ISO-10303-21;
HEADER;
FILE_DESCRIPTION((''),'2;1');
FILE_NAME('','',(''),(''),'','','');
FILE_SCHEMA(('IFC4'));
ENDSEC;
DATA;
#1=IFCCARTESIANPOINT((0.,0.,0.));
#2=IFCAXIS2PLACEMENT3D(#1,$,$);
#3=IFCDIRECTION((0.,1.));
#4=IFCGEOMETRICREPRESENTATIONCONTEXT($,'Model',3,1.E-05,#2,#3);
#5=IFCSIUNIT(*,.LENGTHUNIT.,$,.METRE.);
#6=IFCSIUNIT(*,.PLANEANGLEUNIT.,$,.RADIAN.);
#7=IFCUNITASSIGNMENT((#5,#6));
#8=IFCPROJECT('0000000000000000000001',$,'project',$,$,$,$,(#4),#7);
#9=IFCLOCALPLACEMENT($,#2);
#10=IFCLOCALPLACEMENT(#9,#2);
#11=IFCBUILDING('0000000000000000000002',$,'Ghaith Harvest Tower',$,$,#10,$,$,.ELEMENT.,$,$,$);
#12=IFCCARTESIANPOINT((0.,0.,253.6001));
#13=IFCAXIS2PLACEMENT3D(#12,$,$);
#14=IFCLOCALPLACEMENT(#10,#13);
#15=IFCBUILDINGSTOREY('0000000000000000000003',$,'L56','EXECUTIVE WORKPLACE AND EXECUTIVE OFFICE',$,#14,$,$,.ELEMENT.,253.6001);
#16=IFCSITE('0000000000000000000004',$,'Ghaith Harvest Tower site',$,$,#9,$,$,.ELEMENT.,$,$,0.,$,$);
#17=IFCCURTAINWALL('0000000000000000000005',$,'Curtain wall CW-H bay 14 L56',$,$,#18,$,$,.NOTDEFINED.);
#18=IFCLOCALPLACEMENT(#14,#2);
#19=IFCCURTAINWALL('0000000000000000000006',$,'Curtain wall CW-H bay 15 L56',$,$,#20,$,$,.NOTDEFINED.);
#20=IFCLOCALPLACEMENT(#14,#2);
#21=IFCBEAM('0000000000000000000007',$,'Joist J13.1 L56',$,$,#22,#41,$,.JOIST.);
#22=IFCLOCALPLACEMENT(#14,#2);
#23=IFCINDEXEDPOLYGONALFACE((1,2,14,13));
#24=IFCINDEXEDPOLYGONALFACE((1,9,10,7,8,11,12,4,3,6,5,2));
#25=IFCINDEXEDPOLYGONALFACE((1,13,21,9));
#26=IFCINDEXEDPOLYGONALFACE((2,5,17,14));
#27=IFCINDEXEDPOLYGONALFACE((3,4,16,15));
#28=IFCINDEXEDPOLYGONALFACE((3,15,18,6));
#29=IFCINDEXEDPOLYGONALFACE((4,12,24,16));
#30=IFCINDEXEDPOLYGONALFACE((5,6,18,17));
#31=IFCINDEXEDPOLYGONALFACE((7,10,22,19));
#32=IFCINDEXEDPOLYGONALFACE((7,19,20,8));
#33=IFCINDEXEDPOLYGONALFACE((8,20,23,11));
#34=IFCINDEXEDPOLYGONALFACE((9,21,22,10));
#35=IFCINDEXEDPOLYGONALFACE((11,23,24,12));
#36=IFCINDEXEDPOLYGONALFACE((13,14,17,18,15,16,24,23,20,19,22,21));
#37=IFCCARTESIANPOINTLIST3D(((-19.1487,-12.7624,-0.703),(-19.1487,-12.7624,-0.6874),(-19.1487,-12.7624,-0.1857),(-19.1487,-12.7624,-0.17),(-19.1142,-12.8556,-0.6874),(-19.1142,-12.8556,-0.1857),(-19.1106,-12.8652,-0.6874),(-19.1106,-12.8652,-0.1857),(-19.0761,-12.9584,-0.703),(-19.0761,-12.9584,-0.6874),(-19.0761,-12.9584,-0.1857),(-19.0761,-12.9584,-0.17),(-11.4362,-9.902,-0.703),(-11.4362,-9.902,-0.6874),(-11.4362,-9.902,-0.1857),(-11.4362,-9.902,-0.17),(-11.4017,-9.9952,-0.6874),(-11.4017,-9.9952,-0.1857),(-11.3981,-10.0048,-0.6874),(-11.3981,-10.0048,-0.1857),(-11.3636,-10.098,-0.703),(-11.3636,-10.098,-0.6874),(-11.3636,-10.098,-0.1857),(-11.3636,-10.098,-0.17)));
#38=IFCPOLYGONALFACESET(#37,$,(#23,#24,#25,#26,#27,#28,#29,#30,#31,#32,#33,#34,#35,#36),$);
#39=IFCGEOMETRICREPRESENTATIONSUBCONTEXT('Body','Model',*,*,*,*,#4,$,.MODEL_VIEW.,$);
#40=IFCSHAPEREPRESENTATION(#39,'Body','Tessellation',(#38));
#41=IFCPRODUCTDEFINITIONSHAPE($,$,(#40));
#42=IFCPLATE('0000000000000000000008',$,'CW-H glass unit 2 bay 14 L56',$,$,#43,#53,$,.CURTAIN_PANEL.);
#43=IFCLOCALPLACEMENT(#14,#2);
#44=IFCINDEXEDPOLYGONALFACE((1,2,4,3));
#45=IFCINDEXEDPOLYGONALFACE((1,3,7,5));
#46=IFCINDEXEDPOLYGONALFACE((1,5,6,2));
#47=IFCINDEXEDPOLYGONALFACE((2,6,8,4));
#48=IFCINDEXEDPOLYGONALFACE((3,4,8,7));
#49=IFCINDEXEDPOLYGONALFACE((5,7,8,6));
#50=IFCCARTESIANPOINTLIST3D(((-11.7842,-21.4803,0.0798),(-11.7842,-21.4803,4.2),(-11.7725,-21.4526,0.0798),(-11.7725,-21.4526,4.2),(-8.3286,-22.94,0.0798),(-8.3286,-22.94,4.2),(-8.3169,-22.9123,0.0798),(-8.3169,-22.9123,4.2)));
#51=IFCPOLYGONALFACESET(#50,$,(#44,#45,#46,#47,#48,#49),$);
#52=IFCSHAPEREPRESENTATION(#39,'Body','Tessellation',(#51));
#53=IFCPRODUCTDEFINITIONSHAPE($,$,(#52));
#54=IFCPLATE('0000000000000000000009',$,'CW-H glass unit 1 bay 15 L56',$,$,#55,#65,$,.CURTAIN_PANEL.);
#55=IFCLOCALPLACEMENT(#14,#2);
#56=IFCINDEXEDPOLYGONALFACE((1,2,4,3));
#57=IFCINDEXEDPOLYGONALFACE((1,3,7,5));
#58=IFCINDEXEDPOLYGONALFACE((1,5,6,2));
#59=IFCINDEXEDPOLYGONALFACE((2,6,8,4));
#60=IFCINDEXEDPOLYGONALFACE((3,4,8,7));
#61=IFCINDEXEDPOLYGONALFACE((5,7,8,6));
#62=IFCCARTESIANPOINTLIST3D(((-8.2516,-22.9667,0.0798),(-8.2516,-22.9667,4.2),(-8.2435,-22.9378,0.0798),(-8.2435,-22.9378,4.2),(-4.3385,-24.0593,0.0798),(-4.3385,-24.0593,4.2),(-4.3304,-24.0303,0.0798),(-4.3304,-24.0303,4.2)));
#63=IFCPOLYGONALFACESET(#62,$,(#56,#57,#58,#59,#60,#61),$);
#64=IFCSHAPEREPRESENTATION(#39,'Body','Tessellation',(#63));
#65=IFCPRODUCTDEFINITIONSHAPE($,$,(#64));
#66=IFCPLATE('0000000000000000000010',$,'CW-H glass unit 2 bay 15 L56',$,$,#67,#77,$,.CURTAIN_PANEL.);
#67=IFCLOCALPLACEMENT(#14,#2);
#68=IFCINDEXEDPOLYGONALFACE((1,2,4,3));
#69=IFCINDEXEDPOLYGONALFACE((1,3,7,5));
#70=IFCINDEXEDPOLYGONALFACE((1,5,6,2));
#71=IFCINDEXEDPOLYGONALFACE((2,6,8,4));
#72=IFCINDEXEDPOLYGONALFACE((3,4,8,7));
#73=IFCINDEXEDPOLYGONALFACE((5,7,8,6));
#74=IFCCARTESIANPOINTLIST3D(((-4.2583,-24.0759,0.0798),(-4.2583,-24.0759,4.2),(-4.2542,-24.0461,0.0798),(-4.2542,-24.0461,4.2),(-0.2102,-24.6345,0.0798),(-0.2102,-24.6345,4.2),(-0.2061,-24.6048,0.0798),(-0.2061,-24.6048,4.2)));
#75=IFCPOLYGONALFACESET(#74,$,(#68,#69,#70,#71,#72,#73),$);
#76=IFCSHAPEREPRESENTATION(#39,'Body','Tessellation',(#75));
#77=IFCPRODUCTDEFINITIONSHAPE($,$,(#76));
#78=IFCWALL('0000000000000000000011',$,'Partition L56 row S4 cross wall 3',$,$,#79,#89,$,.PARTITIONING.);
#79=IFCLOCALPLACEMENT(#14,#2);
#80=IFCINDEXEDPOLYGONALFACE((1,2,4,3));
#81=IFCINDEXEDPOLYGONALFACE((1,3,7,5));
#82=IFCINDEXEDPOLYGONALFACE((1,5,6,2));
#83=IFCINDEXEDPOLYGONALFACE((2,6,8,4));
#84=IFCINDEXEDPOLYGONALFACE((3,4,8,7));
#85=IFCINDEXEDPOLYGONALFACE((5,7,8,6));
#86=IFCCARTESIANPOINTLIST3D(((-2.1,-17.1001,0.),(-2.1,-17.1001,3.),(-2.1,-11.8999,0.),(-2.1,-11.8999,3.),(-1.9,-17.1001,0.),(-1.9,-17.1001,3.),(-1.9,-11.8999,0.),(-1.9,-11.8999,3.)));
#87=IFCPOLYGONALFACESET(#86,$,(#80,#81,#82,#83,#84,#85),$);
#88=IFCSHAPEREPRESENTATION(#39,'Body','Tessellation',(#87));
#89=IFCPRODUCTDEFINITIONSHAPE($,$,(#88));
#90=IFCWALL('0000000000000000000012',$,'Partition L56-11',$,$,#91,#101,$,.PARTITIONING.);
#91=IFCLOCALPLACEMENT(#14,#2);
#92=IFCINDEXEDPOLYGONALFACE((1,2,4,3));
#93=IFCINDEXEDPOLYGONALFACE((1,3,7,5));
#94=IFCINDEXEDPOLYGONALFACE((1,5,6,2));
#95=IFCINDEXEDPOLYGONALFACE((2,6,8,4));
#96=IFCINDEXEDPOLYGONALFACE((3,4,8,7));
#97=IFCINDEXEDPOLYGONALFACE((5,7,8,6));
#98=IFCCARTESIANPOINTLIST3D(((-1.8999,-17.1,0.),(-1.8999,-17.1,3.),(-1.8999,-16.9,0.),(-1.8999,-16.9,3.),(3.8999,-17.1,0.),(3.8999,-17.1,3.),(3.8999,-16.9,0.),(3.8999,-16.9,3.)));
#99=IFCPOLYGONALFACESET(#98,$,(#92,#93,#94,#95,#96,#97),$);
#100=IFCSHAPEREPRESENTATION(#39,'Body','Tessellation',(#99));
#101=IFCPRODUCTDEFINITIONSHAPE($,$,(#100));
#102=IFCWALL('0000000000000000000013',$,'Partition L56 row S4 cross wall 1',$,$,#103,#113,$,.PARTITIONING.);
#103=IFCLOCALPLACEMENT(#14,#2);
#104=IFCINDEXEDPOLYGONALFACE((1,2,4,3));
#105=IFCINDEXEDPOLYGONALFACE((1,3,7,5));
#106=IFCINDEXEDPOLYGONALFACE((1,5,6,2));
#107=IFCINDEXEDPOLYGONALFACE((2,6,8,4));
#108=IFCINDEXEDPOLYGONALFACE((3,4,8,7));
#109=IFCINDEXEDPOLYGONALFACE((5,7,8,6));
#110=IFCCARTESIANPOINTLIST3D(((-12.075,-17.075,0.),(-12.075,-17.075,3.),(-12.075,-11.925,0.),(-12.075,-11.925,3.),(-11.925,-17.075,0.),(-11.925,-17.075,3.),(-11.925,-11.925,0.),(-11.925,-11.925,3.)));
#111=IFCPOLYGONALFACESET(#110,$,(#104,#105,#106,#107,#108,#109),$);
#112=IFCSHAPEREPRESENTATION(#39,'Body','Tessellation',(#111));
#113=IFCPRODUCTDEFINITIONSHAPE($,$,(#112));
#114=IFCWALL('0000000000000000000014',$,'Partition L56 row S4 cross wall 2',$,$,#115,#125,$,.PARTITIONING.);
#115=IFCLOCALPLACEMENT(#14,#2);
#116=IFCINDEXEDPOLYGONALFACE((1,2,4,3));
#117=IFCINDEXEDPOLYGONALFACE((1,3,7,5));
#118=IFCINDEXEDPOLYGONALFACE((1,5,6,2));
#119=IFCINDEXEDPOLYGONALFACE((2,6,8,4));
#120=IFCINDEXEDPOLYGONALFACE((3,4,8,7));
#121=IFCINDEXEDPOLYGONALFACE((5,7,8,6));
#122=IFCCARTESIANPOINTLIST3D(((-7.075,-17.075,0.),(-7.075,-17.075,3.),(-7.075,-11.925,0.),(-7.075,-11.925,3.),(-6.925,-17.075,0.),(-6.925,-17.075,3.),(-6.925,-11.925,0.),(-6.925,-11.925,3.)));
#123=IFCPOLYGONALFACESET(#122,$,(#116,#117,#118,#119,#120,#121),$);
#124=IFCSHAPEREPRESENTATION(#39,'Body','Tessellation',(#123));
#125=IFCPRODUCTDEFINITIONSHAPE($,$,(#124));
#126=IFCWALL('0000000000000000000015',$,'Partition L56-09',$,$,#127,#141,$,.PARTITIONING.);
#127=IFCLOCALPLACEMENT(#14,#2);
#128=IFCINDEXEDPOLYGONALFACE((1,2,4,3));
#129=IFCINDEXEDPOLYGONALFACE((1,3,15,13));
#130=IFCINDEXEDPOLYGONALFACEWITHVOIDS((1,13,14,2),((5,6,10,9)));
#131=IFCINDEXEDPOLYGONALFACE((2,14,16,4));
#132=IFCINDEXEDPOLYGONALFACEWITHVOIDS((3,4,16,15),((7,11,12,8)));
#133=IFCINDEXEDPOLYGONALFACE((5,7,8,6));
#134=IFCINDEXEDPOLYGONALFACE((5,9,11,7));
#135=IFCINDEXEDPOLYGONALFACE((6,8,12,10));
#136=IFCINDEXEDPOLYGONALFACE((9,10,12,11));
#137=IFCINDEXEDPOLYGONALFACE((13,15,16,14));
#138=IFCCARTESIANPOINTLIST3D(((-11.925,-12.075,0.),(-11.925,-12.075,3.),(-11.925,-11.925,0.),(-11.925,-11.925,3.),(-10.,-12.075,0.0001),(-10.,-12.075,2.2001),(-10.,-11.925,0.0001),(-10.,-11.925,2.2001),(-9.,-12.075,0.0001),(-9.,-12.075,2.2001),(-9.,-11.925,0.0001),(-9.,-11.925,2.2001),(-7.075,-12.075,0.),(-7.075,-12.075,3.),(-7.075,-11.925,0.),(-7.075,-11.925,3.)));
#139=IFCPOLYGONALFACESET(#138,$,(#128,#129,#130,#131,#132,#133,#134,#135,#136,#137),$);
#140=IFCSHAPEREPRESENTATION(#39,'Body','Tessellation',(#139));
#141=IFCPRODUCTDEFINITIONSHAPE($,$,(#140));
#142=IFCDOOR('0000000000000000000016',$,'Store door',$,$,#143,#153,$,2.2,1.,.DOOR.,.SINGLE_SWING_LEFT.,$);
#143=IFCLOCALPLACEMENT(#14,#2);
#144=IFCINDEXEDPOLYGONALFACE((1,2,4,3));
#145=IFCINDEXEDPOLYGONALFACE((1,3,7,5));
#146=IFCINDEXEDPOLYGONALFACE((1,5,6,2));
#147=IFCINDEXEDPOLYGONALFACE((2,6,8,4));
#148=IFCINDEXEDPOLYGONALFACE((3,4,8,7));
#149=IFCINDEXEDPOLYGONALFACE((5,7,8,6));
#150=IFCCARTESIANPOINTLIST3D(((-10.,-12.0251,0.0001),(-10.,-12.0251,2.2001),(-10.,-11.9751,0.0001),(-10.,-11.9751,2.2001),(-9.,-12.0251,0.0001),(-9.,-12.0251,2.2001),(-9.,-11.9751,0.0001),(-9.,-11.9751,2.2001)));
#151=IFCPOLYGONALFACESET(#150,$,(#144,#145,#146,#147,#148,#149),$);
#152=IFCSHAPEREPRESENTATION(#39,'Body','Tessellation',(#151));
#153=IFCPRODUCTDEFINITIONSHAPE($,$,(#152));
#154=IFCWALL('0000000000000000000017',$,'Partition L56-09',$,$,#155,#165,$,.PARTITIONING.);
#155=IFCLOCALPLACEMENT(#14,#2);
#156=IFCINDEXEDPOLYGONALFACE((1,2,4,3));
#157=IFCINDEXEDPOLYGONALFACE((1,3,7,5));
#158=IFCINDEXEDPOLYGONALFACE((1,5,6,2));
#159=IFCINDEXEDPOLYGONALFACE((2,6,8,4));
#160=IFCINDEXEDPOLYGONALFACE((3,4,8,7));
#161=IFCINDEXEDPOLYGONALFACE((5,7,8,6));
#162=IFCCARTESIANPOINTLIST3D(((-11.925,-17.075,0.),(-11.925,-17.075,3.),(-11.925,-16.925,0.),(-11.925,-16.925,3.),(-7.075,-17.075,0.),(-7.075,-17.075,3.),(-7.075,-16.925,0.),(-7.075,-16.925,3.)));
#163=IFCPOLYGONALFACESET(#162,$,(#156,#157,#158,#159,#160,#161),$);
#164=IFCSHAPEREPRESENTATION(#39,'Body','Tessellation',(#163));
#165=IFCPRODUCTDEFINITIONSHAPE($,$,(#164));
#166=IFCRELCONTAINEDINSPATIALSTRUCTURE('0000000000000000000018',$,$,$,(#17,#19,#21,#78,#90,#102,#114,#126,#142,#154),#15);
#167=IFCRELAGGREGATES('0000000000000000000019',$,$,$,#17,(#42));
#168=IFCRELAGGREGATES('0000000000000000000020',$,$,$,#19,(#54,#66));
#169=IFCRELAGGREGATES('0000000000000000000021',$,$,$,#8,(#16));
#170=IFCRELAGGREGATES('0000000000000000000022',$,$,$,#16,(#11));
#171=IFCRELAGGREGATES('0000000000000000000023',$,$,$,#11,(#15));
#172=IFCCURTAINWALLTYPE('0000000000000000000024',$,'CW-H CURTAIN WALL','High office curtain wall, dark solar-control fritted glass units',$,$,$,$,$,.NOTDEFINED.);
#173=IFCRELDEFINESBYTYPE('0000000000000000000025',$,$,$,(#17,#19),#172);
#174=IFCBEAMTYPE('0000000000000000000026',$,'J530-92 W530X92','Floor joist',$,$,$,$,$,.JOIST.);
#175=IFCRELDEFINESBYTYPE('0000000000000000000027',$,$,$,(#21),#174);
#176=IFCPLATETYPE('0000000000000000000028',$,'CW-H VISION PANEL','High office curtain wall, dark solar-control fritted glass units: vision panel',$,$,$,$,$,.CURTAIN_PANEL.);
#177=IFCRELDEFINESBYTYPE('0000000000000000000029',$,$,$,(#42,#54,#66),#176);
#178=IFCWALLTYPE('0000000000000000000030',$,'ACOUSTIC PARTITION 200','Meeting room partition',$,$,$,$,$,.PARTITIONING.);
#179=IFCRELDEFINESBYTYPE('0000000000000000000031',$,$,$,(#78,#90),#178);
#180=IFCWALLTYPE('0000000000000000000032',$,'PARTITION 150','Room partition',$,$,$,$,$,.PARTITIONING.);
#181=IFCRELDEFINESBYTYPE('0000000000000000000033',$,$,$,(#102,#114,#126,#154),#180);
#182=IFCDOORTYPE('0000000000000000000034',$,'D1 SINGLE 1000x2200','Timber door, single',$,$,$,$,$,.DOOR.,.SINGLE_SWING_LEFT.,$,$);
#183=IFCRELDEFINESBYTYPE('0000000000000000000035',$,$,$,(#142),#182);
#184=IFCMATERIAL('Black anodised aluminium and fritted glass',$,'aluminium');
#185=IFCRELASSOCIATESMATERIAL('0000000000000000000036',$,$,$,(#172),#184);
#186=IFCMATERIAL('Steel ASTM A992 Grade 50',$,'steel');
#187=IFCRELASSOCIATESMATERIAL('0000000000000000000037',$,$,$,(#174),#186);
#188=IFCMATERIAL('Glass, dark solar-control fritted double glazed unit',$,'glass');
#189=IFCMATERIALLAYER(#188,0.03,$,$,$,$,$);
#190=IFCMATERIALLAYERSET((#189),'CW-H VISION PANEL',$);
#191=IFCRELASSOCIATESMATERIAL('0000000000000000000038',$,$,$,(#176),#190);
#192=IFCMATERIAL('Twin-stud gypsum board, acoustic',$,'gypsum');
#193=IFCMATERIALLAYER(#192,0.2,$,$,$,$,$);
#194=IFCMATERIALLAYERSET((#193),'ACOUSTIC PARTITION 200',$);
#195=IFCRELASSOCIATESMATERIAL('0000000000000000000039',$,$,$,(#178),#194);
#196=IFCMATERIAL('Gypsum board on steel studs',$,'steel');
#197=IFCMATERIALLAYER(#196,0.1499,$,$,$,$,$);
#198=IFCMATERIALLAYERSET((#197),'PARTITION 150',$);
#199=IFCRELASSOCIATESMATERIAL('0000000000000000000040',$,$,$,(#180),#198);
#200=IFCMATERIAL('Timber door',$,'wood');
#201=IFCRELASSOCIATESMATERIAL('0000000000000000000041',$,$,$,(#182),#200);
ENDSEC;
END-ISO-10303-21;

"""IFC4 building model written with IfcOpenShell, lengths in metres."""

from ifc_helpers import new_model, si_unit, direction, frame, frame_2d, origin, origin_2d, place, context, subcontext, project, spatial, rectangle, i_section, extrude, material, layer, layer_set, material_profile, profile_set, type_object, element, fill, aggregate, save


model = new_model("IFC4")

# Units and contexts
model_context = context("Model", 3, precision=1e-05, world=origin(), true_north=direction((0.0, 1.0)))
body_context = subcontext(model_context, "Body", "Model", "MODEL_VIEW")
ifc_project = project(units=[si_unit("LENGTHUNIT", "METRE"), si_unit("PLANEANGLEUNIT", "RADIAN")], contexts=[model_context])

# Site, building, storey
site_placement = place(None, origin())
site = spatial("IfcSite", under=ifc_project, at=site_placement, Name="Ghaith Harvest Tower site", CompositionType="ELEMENT", RefElevation=0.0)
building_placement = place(site_placement, origin())
building = spatial("IfcBuilding", under=site, at=building_placement, Name="Ghaith Harvest Tower", CompositionType="ELEMENT")
storey_placement = place(building_placement, frame((0.0, 0.0, 253.6001)))
storey = spatial("IfcBuildingStorey", under=building, at=storey_placement, Name="L56", Description="EXECUTIVE WORKPLACE AND EXECUTIVE OFFICE", CompositionType="ELEMENT", Elevation=253.6001)

# Curtain wall
ifc_material_1 = material(Name="Black anodised aluminium and fritted glass", Category="aluminium")
curtain_wall_type = type_object("IfcCurtainWallType", Name="CW-H CURTAIN WALL", Description="High office curtain wall, dark solar-control fritted glass units", PredefinedType="NOTDEFINED", material=ifc_material_1)
curtain_wall_1_placement = place(storey_placement, origin())
curtain_wall_1 = element("IfcCurtainWall", 1, at=curtain_wall_1_placement, inside=storey, type_object=curtain_wall_type, Name="Curtain wall CW-H bay 14 L56", PredefinedType="NOTDEFINED")

# Curtain wall
curtain_wall_2_placement = place(storey_placement, origin())
curtain_wall_2 = element("IfcCurtainWall", 2, at=curtain_wall_2_placement, inside=storey, type_object=curtain_wall_type, Name="Curtain wall CW-H bay 15 L56", PredefinedType="NOTDEFINED")

# Beam
ifc_material_2 = material(Name="Steel ASTM A992 Grade 50", Category="steel")
ifc_material_profile_1 = material_profile(ifc_material_2, i_section(OverallWidth=0.209, OverallDepth=0.533, WebThickness=0.0103, FlangeThickness=0.0156, at=origin_2d()), Name="W530X92")
ifc_profile_set_1 = profile_set([ifc_material_profile_1], Name="Steel ASTM A992 Grade 50")
beam_type_1 = type_object("IfcBeamType", Name="J530-92 W530X92", Description="Floor joist", PredefinedType="JOIST", material=ifc_profile_set_1)
beam_1_placement = place(storey_placement, frame((-11.3999, -10.0, -0.4365), z_axis=(-0.937594, -0.347732, 0.0), x_axis=(0.347732, -0.937594, 0.0)))
element("IfcBeam", 3, at=beam_1_placement, inside=storey, type_object=beam_type_1, Name="Joist J13.1 L56", PredefinedType="JOIST", context=body_context, shape_type="SweptSolid", body=[
    extrude(i_section(OverallWidth=0.209, OverallDepth=0.533, WebThickness=0.0103, FlangeThickness=0.0156, at=origin_2d()), origin(), (0.0, 0.0, 1.0), 8.2258),
])

# Plates
ifc_material_3 = material(Name="Glass, dark solar-control fritted double glazed unit", Category="glass")
ifc_layer_1 = layer(ifc_material_3, 0.03)
ifc_layer_set_1 = layer_set([ifc_layer_1], Name="CW-H VISION PANEL")
plate_type = type_object("IfcPlateType", Name="CW-H VISION PANEL", Description="High office curtain wall, dark solar-control fritted glass units: vision panel", PredefinedType="CURTAIN_PANEL", material=ifc_layer_set_1)
plate_1_placement = place(storey_placement, frame((-10.0505, -22.1963, 0.0798), z_axis=(0.0, 0.0, 1.0), x_axis=(0.921182, -0.389133, 0.0)))
plate_1 = element("IfcPlate", 4, at=plate_1_placement, type_object=plate_type, Name="CW-H glass unit 2 bay 14 L56", PredefinedType="CURTAIN_PANEL", context=body_context, shape_type="SweptSolid", body=[
    extrude(rectangle(XDim=3.7512, YDim=0.03, at=origin_2d()), origin(), (0.0, 0.0, 1.0), 4.1201),
])
aggregate(curtain_wall_1, [plate_1])
plate_2_placement = place(storey_placement, frame((-6.291, -23.4985, 0.0798), z_axis=(0.0, 0.0, 1.0), x_axis=(0.963163, -0.268919, 0.0)))
plate_2 = element("IfcPlate", 5, at=plate_2_placement, type_object=plate_type, Name="CW-H glass unit 1 bay 15 L56", PredefinedType="CURTAIN_PANEL", context=body_context, shape_type="SweptSolid", body=[
    extrude(rectangle(XDim=4.0627, YDim=0.03, at=origin_2d()), origin(), (0.0, 0.0, 1.0), 4.1201),
])
plate_3_placement = place(storey_placement, frame((-2.2322, -24.3403, 0.0798), z_axis=(0.0, 0.0, 1.0), x_axis=(0.990612, -0.136702, 0.0)))
plate_3 = element("IfcPlate", 6, at=plate_3_placement, type_object=plate_type, Name="CW-H glass unit 2 bay 15 L56", PredefinedType="CURTAIN_PANEL", context=body_context, shape_type="SweptSolid", body=[
    extrude(rectangle(XDim=4.0864, YDim=0.03, at=origin_2d()), origin(), (0.0, 0.0, 1.0), 4.1201),
])
aggregate(curtain_wall_2, [plate_2, plate_3])

# Wall
ifc_material_4 = material(Name="Twin-stud gypsum board, acoustic", Category="gypsum")
ifc_layer_2 = layer(ifc_material_4, 0.2)
ifc_layer_set_2 = layer_set([ifc_layer_2], Name="ACOUSTIC PARTITION 200")
wall_type_1 = type_object("IfcWallType", Name="ACOUSTIC PARTITION 200", Description="Meeting room partition", PredefinedType="PARTITIONING", material=ifc_layer_set_2)
wall_1_placement = place(storey_placement, frame((-2.0, -11.8999, 0.0), z_axis=(0.0, 0.0, 1.0), x_axis=(0.0, -1.0, 0.0)))
element("IfcWall", 7, at=wall_1_placement, inside=storey, type_object=wall_type_1, Name="Partition L56 row S4 cross wall 3", PredefinedType="PARTITIONING", context=body_context, shape_type="SweptSolid", body=[
    extrude(rectangle(XDim=5.2002, YDim=0.2, at=frame_2d((2.6001, 0.0))), origin(), (0.0, 0.0, 1.0), 3.0),
])

# Walls
wall_2_placement = place(storey_placement, frame((-1.8999, -17.0, 0.0), z_axis=(0.0, 0.0, 1.0), x_axis=(1.0, 0.0, 0.0)))
element("IfcWall", 8, at=wall_2_placement, inside=storey, type_object=wall_type_1, Name="Partition L56-11", PredefinedType="PARTITIONING", context=body_context, shape_type="SweptSolid", body=[
    extrude(rectangle(XDim=5.7998, YDim=0.2, at=frame_2d((2.8999, 0.0))), origin(), (0.0, 0.0, 1.0), 3.0),
])
ifc_material_5 = material(Name="Gypsum board on steel studs", Category="steel")
ifc_layer_3 = layer(ifc_material_5, 0.1499)
ifc_layer_set_3 = layer_set([ifc_layer_3], Name="PARTITION 150")
wall_type_2 = type_object("IfcWallType", Name="PARTITION 150", Description="Room partition", PredefinedType="PARTITIONING", material=ifc_layer_set_3)
for number, where, z_axis, x_axis, name in (
    (9, (-12.0, -11.925, 0.0), (0.0, 0.0, 1.0), (0.0, -1.0, 0.0), "Partition L56 row S4 cross wall 1"),
    (10, (-7.0, -11.925, 0.0), (0.0, 0.0, 1.0), (0.0, -1.0, 0.0), "Partition L56 row S4 cross wall 2"),
):
    element("IfcWall", number, at=place(storey_placement, frame(where, z_axis=z_axis, x_axis=x_axis)), inside=storey, type_object=wall_type_2, Name=name, PredefinedType="PARTITIONING", context=body_context, shape_type="SweptSolid", body=[
        extrude(rectangle(XDim=5.1499, YDim=0.1499, at=frame_2d((2.575, 0.0))), origin(), (0.0, 0.0, 1.0), 3.0),
    ])

# Wall, opening, door
wall_3_placement = place(storey_placement, frame((-11.925, -12.0, 0.0), z_axis=(0.0, 0.0, 1.0), x_axis=(1.0, 0.0, 0.0)))
wall_3 = element("IfcWall", 11, at=wall_3_placement, inside=storey, type_object=wall_type_2, Name="Partition L56-09", PredefinedType="PARTITIONING", context=body_context, shape_type="SweptSolid", body=[
    extrude(rectangle(XDim=4.8501, YDim=0.1499, at=frame_2d((2.425, 0.0))), origin(), (0.0, 0.0, 1.0), 3.0),
])
opening_1_placement = place(wall_3_placement, frame((1.925, 0.0, 0.0)))
opening_1 = element("IfcOpeningElement", 12, at=opening_1_placement, cuts=wall_3, PredefinedType="OPENING", context=body_context, shape_type="SweptSolid", body=[
    extrude(rectangle(XDim=1.0, YDim=2.2, at=frame_2d((0.5, 1.1001))), frame((0.0, 0.085, 0.0), z_axis=(0.0, -1.0, 0.0), x_axis=(1.0, 0.0, 0.0)), (0.0, 0.0, 1.0), 0.1699),
])
ifc_material_6 = material(Name="Timber door", Category="wood")
door_type_1 = type_object("IfcDoorType", Name="D1 SINGLE 1000x2200", Description="Timber door, single", OperationType="SINGLE_SWING_LEFT", PredefinedType="DOOR", material=ifc_material_6)
door_1_placement = place(opening_1_placement, origin())
door_1 = element("IfcDoor", 13, at=door_1_placement, inside=storey, type_object=door_type_1, Name="Store door", OperationType="SINGLE_SWING_LEFT", OverallHeight=2.2, OverallWidth=1.0, PredefinedType="DOOR", context=body_context, shape_type="SweptSolid", body=[
    extrude(rectangle(XDim=1.0, YDim=2.2, at=frame_2d((0.5, 1.1001))), frame((0.0, 0.0249, 0.0), z_axis=(0.0, -1.0, 0.0), x_axis=(1.0, 0.0, 0.0)), (0.0, 0.0, 1.0), 0.05),
])
fill(opening_1, door_1)

# Wall
wall_4_placement = place(storey_placement, frame((-11.925, -17.0, 0.0), z_axis=(0.0, 0.0, 1.0), x_axis=(1.0, 0.0, 0.0)))
element("IfcWall", 14, at=wall_4_placement, inside=storey, type_object=wall_type_2, Name="Partition L56-09", PredefinedType="PARTITIONING", context=body_context, shape_type="SweptSolid", body=[
    extrude(rectangle(XDim=4.8501, YDim=0.1499, at=frame_2d((2.425, 0.0))), origin(), (0.0, 0.0, 1.0), 3.0),
])

save(model, "model.ifc")
